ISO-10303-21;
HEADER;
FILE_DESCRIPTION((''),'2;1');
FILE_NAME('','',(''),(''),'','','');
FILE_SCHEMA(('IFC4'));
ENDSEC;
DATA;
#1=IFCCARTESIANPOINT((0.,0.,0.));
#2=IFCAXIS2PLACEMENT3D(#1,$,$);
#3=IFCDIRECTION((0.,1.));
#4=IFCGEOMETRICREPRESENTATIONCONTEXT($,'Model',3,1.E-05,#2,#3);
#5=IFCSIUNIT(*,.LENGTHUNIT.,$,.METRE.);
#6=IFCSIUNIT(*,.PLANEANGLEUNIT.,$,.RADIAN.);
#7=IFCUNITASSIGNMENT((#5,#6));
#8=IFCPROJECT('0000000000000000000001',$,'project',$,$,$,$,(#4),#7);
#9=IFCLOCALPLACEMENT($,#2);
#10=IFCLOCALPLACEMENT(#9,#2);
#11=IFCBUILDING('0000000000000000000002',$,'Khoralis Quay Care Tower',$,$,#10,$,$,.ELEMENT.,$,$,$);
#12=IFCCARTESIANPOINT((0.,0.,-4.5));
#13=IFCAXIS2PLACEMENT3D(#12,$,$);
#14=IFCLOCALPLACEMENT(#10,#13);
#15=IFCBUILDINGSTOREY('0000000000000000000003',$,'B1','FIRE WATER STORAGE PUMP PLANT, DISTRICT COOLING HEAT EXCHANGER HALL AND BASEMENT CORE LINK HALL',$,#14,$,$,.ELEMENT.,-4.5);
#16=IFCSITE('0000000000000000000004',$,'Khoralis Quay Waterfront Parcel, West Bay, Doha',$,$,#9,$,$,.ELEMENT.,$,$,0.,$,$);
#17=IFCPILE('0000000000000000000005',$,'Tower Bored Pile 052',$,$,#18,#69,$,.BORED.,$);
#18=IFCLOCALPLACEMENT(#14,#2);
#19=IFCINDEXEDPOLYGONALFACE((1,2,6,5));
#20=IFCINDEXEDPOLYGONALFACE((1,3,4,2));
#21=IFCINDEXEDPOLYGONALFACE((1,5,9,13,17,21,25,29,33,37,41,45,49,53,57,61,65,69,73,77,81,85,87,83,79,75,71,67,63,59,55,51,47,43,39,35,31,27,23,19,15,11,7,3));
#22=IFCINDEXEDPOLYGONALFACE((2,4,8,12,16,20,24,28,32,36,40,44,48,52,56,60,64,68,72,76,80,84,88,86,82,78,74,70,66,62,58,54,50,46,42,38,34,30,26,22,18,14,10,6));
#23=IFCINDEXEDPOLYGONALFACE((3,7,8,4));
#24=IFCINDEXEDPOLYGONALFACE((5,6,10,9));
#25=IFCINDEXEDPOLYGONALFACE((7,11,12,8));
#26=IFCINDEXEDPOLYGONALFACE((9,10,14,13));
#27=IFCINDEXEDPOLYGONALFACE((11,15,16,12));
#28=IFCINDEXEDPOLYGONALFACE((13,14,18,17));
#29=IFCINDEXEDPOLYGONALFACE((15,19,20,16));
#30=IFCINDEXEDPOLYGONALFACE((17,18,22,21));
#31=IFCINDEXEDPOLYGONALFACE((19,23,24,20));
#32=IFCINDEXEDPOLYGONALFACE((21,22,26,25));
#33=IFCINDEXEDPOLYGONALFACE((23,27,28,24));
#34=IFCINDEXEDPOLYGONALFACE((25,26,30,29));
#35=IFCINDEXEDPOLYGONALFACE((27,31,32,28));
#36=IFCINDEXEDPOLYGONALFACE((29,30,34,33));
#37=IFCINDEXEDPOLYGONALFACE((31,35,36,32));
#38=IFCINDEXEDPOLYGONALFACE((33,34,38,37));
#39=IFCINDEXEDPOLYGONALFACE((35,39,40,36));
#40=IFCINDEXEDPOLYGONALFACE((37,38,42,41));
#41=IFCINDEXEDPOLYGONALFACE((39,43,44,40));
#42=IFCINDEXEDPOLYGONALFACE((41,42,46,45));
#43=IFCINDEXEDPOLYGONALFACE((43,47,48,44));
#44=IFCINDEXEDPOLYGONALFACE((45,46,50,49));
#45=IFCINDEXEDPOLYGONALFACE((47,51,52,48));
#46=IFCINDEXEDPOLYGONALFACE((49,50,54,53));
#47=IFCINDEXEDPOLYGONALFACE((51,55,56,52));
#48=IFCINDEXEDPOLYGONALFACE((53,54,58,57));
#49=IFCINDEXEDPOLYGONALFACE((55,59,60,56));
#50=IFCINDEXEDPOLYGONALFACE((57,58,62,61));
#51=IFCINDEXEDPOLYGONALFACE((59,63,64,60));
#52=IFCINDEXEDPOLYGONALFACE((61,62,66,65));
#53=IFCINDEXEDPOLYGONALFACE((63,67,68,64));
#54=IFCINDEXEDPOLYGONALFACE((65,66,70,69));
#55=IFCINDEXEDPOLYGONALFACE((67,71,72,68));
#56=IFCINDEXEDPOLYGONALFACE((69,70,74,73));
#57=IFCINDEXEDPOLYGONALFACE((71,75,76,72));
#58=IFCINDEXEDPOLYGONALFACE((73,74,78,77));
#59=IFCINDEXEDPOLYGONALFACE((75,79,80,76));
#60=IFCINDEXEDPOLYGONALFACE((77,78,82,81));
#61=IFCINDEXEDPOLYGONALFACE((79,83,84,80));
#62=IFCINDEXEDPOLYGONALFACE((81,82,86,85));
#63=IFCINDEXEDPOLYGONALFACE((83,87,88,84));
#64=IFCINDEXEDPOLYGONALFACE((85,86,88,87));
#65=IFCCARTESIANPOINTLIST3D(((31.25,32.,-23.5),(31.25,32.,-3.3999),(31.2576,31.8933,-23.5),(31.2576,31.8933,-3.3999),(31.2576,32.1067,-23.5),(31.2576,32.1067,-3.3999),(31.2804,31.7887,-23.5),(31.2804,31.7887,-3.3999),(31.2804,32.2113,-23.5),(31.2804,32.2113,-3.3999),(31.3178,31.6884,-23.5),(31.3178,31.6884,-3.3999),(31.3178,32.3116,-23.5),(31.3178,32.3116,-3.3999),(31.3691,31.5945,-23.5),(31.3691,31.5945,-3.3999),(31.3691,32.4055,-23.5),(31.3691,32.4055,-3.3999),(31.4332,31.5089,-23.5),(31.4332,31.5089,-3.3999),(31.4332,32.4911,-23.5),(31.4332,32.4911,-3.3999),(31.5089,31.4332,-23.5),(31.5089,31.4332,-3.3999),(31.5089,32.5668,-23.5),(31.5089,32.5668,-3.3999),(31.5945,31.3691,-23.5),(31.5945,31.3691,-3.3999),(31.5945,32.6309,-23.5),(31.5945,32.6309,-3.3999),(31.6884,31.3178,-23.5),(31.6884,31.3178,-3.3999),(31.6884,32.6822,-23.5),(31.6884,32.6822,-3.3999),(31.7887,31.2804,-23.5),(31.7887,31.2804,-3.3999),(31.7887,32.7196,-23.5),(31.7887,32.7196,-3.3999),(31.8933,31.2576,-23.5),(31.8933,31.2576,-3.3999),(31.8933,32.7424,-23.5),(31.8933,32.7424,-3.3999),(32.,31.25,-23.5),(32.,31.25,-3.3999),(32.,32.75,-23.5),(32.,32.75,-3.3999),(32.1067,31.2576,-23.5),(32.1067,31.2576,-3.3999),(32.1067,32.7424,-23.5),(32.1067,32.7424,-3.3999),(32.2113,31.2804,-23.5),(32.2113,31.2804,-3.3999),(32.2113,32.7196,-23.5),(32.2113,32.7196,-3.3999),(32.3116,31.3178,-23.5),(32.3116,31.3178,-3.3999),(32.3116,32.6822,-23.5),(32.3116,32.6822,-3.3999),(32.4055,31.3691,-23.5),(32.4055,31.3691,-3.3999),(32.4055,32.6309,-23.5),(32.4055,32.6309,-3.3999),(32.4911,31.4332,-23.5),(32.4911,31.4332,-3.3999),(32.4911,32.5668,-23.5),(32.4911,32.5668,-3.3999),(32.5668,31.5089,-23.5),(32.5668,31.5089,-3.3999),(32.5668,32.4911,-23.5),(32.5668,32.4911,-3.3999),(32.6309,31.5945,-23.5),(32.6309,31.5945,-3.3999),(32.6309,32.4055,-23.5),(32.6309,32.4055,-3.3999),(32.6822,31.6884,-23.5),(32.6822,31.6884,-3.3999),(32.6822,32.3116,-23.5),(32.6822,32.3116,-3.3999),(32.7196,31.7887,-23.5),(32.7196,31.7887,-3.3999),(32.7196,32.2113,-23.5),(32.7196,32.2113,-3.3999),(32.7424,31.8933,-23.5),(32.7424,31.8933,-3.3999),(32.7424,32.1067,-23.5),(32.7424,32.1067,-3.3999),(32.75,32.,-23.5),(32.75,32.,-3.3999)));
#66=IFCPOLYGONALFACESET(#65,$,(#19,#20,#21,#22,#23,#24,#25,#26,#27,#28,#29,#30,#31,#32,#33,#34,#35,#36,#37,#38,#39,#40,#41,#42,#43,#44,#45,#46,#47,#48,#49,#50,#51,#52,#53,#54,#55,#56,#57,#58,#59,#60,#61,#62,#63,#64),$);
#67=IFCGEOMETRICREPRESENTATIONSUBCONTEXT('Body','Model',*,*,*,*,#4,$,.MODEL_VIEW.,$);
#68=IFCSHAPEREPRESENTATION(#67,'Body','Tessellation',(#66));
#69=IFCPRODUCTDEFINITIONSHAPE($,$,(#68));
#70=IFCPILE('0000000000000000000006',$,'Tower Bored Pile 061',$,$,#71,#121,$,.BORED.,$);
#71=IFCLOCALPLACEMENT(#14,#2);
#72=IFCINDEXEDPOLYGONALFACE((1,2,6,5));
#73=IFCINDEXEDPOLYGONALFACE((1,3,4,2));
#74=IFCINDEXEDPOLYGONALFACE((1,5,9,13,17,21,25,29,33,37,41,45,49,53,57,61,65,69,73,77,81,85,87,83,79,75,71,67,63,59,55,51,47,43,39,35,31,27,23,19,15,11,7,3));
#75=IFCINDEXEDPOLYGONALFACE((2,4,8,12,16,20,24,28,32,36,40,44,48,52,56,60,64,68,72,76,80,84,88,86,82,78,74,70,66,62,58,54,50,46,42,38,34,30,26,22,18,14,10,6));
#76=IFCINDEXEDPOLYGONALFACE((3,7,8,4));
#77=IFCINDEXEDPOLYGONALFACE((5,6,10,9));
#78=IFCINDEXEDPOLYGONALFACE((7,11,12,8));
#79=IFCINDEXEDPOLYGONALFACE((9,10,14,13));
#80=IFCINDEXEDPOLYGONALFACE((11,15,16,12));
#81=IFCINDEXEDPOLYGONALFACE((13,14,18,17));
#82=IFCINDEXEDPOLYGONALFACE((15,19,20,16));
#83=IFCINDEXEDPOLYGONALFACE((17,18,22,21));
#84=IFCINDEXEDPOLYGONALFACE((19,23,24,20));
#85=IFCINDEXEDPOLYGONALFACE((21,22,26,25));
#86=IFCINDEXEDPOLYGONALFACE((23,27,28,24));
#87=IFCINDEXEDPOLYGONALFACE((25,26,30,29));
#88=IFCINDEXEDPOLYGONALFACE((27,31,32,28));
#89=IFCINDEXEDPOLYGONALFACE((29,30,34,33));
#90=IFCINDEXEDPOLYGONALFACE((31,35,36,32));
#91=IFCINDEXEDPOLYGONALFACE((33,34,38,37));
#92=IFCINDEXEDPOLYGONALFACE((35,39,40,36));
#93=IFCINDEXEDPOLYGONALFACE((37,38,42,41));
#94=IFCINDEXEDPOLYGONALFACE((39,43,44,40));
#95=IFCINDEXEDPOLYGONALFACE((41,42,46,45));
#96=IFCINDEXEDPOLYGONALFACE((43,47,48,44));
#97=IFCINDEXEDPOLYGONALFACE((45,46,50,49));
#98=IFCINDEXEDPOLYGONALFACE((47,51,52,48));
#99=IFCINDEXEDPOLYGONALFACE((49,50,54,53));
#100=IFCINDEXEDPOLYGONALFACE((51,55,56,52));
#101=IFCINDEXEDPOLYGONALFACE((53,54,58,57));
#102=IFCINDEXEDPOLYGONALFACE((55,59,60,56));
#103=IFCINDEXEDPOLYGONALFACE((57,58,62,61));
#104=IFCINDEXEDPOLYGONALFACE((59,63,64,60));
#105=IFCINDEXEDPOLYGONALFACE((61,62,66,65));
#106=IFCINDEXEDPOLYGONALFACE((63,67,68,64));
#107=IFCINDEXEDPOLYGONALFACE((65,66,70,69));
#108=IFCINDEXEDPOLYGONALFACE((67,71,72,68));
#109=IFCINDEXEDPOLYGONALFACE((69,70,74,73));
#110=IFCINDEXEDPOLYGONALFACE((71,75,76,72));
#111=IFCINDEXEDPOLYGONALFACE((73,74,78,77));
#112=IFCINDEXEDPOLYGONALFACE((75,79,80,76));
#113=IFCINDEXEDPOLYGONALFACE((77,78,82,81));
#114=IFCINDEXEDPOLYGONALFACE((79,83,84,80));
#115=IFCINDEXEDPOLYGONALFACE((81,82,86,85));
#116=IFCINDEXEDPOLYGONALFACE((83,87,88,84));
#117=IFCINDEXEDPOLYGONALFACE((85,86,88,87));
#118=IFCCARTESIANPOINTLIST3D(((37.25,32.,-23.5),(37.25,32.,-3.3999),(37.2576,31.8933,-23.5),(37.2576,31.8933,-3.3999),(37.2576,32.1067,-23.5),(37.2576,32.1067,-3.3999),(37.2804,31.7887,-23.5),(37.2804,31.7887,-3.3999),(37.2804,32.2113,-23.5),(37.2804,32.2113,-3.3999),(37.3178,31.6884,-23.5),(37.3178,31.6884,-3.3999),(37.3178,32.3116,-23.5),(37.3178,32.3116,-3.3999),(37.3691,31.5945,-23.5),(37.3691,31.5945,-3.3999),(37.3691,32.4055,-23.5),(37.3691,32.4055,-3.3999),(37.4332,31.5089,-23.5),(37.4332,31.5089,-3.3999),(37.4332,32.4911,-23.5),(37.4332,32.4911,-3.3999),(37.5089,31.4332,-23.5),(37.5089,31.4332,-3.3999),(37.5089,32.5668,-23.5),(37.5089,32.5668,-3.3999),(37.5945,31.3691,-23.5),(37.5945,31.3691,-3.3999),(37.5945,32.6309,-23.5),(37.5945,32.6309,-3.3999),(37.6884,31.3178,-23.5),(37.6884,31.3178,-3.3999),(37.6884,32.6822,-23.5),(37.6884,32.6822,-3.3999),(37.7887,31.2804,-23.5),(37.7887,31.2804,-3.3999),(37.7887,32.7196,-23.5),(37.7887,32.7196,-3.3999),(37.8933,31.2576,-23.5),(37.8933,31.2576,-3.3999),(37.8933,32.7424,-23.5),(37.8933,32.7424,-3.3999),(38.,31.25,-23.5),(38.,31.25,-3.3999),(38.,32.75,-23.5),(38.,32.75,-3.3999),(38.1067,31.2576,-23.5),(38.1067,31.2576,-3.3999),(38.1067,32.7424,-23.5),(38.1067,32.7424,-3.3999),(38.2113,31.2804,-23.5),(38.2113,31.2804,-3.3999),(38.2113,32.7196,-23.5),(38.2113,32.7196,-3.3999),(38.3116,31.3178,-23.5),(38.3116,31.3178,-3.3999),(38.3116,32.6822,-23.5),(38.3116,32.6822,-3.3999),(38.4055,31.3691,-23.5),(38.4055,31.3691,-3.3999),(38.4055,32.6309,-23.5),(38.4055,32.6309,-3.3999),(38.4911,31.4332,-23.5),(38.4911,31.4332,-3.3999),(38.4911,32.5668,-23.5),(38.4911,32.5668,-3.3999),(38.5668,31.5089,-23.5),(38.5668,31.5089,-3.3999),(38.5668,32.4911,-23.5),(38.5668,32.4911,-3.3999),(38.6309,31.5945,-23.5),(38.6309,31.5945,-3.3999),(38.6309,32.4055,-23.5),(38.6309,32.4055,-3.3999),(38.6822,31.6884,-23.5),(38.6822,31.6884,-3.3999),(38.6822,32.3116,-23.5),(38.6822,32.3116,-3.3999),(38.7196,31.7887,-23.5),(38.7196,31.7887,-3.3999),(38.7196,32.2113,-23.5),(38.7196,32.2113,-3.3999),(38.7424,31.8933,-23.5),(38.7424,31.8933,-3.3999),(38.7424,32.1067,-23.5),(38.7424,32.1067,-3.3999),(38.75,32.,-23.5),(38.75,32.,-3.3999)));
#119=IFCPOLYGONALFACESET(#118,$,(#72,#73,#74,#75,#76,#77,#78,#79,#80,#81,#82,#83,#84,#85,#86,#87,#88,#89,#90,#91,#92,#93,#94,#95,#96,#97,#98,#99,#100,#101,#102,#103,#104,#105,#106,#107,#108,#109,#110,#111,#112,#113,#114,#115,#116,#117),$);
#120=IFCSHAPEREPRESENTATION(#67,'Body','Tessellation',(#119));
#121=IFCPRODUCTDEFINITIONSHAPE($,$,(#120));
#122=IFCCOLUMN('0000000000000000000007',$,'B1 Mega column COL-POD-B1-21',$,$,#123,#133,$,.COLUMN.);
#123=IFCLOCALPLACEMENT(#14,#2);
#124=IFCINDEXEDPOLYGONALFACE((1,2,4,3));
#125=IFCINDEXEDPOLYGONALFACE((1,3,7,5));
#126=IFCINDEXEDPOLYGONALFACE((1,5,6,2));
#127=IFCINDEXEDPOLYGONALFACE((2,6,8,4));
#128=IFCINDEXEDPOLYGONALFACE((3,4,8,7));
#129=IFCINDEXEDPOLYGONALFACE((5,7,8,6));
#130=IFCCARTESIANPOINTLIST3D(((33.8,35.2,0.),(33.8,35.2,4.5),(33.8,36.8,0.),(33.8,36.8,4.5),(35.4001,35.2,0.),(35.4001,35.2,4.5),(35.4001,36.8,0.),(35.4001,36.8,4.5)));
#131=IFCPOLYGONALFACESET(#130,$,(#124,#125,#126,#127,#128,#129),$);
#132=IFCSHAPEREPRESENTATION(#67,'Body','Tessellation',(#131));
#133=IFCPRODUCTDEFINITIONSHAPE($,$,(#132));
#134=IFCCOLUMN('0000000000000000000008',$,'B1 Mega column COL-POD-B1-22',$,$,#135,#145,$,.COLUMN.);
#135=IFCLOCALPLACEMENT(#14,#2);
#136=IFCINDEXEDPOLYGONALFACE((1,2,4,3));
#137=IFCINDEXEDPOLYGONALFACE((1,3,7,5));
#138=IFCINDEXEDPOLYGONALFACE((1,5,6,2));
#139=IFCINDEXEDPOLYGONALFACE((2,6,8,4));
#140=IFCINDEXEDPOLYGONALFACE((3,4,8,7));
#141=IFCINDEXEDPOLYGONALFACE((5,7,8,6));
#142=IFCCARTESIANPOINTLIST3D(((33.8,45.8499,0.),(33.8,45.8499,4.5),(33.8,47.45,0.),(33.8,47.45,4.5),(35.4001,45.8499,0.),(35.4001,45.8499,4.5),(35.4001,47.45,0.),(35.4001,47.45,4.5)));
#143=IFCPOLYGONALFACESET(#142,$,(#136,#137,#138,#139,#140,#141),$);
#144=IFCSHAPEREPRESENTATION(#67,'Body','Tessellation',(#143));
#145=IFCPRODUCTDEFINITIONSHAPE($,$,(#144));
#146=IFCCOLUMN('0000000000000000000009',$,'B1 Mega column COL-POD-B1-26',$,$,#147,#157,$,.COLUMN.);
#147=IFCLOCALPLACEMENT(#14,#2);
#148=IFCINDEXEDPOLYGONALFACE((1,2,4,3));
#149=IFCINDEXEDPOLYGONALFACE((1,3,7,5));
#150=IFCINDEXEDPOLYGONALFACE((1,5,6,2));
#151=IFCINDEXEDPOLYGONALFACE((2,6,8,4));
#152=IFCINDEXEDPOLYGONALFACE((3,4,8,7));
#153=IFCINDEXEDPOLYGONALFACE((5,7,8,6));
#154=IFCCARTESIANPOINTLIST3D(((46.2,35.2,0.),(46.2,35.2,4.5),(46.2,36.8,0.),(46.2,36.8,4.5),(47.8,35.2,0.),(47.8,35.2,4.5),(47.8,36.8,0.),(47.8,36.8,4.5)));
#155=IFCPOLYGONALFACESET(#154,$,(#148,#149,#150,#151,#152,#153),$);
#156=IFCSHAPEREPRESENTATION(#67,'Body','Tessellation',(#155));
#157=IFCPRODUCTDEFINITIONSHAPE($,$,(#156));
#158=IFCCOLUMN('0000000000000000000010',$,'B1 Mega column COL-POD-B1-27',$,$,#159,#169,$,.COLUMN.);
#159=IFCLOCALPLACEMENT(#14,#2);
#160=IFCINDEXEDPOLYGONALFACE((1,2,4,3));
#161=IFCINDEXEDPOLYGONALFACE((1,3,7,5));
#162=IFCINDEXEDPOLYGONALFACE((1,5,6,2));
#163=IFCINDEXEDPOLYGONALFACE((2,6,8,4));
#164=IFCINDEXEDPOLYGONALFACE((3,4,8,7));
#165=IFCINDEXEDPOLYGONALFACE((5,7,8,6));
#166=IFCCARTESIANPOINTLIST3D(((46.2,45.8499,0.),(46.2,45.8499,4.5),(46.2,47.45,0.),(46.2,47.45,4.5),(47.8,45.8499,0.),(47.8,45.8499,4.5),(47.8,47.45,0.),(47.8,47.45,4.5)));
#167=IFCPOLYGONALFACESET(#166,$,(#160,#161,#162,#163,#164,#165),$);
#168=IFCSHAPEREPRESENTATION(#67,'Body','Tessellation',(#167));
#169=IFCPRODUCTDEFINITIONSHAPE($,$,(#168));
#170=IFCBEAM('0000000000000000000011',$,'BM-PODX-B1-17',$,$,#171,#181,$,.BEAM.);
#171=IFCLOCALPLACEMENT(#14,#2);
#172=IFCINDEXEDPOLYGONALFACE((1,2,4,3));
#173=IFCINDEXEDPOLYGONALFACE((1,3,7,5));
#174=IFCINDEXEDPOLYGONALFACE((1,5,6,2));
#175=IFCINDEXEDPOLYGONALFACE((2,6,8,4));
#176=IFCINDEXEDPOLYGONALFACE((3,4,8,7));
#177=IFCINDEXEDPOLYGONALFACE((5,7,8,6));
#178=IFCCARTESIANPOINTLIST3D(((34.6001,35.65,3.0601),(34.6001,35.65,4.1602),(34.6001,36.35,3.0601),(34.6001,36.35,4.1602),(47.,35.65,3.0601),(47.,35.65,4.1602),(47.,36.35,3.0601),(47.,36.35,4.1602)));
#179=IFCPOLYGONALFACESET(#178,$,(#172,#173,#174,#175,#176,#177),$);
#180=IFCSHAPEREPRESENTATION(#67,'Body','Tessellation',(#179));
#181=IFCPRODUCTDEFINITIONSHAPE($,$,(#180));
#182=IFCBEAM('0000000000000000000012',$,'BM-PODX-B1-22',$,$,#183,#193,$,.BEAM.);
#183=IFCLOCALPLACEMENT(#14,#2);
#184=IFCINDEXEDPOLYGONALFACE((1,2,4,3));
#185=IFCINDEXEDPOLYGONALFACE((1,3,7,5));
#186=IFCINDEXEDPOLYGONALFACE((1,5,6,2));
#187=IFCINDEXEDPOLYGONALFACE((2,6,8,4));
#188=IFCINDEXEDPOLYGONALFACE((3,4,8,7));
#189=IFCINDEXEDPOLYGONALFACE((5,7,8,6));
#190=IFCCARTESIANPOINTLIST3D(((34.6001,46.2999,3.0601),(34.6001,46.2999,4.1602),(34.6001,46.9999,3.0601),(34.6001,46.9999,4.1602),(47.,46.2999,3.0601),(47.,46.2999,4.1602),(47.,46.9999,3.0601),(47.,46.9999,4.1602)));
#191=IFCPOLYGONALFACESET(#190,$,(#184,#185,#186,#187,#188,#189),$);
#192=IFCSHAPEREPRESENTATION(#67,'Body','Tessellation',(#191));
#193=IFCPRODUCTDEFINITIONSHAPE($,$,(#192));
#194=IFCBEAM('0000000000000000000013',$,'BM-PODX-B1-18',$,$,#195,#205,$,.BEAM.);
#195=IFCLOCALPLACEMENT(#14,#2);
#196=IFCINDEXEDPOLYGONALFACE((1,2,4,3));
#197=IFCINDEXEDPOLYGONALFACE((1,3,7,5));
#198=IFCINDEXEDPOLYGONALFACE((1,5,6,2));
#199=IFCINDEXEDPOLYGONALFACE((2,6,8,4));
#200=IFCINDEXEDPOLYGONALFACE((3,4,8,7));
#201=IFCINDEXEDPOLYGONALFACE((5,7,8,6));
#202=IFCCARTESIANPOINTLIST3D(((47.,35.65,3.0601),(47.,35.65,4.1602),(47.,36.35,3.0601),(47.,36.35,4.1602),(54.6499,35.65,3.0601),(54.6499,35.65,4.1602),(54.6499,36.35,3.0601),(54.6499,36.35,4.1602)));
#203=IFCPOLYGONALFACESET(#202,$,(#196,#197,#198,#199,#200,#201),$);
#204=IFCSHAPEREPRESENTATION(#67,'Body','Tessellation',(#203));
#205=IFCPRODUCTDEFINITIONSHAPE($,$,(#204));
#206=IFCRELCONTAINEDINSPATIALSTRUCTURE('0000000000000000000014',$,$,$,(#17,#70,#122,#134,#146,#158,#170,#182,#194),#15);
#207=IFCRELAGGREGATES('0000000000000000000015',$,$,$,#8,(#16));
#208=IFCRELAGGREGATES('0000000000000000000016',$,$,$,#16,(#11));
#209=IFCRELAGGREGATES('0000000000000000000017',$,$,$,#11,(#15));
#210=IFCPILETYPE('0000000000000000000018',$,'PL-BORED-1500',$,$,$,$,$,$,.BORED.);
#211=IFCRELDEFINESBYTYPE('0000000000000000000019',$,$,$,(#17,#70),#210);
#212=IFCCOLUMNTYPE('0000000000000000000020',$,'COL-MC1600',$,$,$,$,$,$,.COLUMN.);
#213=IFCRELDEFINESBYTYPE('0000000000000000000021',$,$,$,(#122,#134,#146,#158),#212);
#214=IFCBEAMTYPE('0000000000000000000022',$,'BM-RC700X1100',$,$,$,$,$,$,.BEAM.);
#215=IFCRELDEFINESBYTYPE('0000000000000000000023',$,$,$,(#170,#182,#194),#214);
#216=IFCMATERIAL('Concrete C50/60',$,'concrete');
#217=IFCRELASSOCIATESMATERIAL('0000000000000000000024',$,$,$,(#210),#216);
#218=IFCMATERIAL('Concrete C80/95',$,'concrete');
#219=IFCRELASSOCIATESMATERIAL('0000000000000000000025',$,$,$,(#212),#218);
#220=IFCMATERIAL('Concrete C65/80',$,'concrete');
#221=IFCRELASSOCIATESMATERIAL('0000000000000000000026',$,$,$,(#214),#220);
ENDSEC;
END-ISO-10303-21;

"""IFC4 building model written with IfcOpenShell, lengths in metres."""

from ifc_helpers import new_model, si_unit, direction, frame, origin, origin_2d, place, context, subcontext, project, spatial, rectangle, circle, extrude, source, transform, mapped, material, material_profile, profile_set, type_object, element, save


model = new_model("IFC4")

# Units and contexts
model_context = context("Model", 3, precision=1e-05, world=origin(), true_north=direction((0.0, 1.0)))
body_context = subcontext(model_context, "Body", "Model", "MODEL_VIEW")
ifc_project = project(units=[si_unit("LENGTHUNIT", "METRE"), si_unit("PLANEANGLEUNIT", "RADIAN")], contexts=[model_context])

# Site, building, storey
site_placement = place(None, origin())
site = spatial("IfcSite", under=ifc_project, at=site_placement, Name="Khoralis Quay Waterfront Parcel, West Bay, Doha", CompositionType="ELEMENT", RefElevation=0.0)
building_placement = place(site_placement, origin())
building = spatial("IfcBuilding", under=site, at=building_placement, Name="Khoralis Quay Care Tower", CompositionType="ELEMENT")
storey_placement = place(building_placement, frame((0.0, 0.0, -4.5)))
storey = spatial("IfcBuildingStorey", under=building, at=storey_placement, Name="B1", Description="FIRE WATER STORAGE PUMP PLANT, DISTRICT COOLING HEAT EXCHANGER HALL AND BASEMENT CORE LINK HALL", CompositionType="ELEMENT", Elevation=-4.5)

# Piles
ifc_material_1 = material(Name="Concrete C50/60", Category="concrete")
ifc_material_profile_1 = material_profile(ifc_material_1, circle(Radius=0.75, at=origin_2d()), Name="Concrete C50/60")
ifc_profile_set_1 = profile_set([ifc_material_profile_1], Name="Concrete C50/60")
pile_type_1 = type_object("IfcPileType", Name="PL-BORED-1500", PredefinedType="BORED", material=ifc_profile_set_1)
shared_shape_1 = source(origin(), body_context, "Body", "SweptSolid", [
    extrude(circle(Radius=0.75, at=origin_2d()), origin(), (0.0, 0.0, 1.0), 20.1001),
])
for number, where, z_axis, x_axis, name in (
    (1, (32.0, 32.0, -3.3999), (0.0, 0.0, -1.0), (1.0, 0.0, 0.0), "Tower Bored Pile 052"),
    (2, (38.0, 32.0, -3.3999), (0.0, 0.0, -1.0), (1.0, 0.0, 0.0), "Tower Bored Pile 061"),
):
    element("IfcPile", number, at=place(storey_placement, frame(where, z_axis=z_axis, x_axis=x_axis)), inside=storey, type_object=pile_type_1, Name=name, PredefinedType="BORED", context=body_context, shape_type="MappedRepresentation", body=[
        mapped(shared_shape_1, transform((0.0, 0.0, 0.0), scale=1.0)),
    ])

# Columns
ifc_material_2 = material(Name="Concrete C80/95", Category="concrete")
ifc_material_profile_2 = material_profile(ifc_material_2, rectangle(XDim=1.6001, YDim=1.6001, at=origin_2d()), Name="Concrete C80/95")
ifc_profile_set_2 = profile_set([ifc_material_profile_2], Name="Concrete C80/95")
column_type = type_object("IfcColumnType", Name="COL-MC1600", PredefinedType="COLUMN", material=ifc_profile_set_2)
shared_shape_2 = source(origin(), body_context, "Body", "SweptSolid", [
    extrude(rectangle(XDim=1.6001, YDim=1.6001, at=origin_2d()), origin(), (0.0, 0.0, 1.0), 4.5),
])
for number, where, z_axis, x_axis, name in (
    (3, (34.6001, 36.0, 0.0), (0.0, 0.0, 1.0), (1.0, 0.0, 0.0), "B1 Mega column COL-POD-B1-21"),
    (4, (34.6001, 46.6499, 0.0), (0.0, 0.0, 1.0), (1.0, 0.0, 0.0), "B1 Mega column COL-POD-B1-22"),
    (5, (47.0, 36.0, 0.0), (0.0, 0.0, 1.0), (1.0, 0.0, 0.0), "B1 Mega column COL-POD-B1-26"),
    (6, (47.0, 46.6499, 0.0), (0.0, 0.0, 1.0), (1.0, 0.0, 0.0), "B1 Mega column COL-POD-B1-27"),
):
    element("IfcColumn", number, at=place(storey_placement, frame(where, z_axis=z_axis, x_axis=x_axis)), inside=storey, type_object=column_type, Name=name, PredefinedType="COLUMN", context=body_context, shape_type="MappedRepresentation", body=[
        mapped(shared_shape_2, transform((0.0, 0.0, 0.0), scale=1.0)),
    ])

# Beams
ifc_material_3 = material(Name="Concrete C65/80", Category="concrete")
ifc_material_profile_3 = material_profile(ifc_material_3, rectangle(XDim=0.7, YDim=1.1001, at=origin_2d()), Name="Concrete C65/80")
ifc_profile_set_3 = profile_set([ifc_material_profile_3], Name="Concrete C65/80")
beam_type_1 = type_object("IfcBeamType", Name="BM-RC700X1100", PredefinedType="BEAM", material=ifc_profile_set_3)
shared_shape_3 = source(origin(), body_context, "Body", "SweptSolid", [
    extrude(rectangle(XDim=0.7, YDim=1.1001, at=origin_2d()), origin(), (0.0, 0.0, 1.0), 12.3999),
])
for number, where, z_axis, x_axis, name in (
    (7, (34.6001, 36.0, 3.6101), (1.0, 0.0, 0.0), (0.0, 1.0, 0.0), "BM-PODX-B1-17"),
    (8, (34.6001, 46.6499, 3.6101), (1.0, 0.0, 0.0), (0.0, 1.0, 0.0), "BM-PODX-B1-22"),
):
    element("IfcBeam", number, at=place(storey_placement, frame(where, z_axis=z_axis, x_axis=x_axis)), inside=storey, type_object=beam_type_1, Name=name, PredefinedType="BEAM", context=body_context, shape_type="MappedRepresentation", body=[
        mapped(shared_shape_3, transform((0.0, 0.0, 0.0), scale=1.0)),
    ])
shared_shape_4 = source(origin(), body_context, "Body", "SweptSolid", [
    extrude(rectangle(XDim=0.7, YDim=1.1001, at=origin_2d()), origin(), (0.0, 0.0, 1.0), 7.6499),
])
for number, where, z_axis, x_axis, name in (
    (9, (47.0, 36.0, 3.6101), (1.0, 0.0, 0.0), (0.0, 1.0, 0.0), "BM-PODX-B1-18"),
):
    element("IfcBeam", number, at=place(storey_placement, frame(where, z_axis=z_axis, x_axis=x_axis)), inside=storey, type_object=beam_type_1, Name=name, PredefinedType="BEAM", context=body_context, shape_type="MappedRepresentation", body=[
        mapped(shared_shape_4, transform((0.0, 0.0, 0.0), scale=1.0)),
    ])

save(model, "model.ifc")
